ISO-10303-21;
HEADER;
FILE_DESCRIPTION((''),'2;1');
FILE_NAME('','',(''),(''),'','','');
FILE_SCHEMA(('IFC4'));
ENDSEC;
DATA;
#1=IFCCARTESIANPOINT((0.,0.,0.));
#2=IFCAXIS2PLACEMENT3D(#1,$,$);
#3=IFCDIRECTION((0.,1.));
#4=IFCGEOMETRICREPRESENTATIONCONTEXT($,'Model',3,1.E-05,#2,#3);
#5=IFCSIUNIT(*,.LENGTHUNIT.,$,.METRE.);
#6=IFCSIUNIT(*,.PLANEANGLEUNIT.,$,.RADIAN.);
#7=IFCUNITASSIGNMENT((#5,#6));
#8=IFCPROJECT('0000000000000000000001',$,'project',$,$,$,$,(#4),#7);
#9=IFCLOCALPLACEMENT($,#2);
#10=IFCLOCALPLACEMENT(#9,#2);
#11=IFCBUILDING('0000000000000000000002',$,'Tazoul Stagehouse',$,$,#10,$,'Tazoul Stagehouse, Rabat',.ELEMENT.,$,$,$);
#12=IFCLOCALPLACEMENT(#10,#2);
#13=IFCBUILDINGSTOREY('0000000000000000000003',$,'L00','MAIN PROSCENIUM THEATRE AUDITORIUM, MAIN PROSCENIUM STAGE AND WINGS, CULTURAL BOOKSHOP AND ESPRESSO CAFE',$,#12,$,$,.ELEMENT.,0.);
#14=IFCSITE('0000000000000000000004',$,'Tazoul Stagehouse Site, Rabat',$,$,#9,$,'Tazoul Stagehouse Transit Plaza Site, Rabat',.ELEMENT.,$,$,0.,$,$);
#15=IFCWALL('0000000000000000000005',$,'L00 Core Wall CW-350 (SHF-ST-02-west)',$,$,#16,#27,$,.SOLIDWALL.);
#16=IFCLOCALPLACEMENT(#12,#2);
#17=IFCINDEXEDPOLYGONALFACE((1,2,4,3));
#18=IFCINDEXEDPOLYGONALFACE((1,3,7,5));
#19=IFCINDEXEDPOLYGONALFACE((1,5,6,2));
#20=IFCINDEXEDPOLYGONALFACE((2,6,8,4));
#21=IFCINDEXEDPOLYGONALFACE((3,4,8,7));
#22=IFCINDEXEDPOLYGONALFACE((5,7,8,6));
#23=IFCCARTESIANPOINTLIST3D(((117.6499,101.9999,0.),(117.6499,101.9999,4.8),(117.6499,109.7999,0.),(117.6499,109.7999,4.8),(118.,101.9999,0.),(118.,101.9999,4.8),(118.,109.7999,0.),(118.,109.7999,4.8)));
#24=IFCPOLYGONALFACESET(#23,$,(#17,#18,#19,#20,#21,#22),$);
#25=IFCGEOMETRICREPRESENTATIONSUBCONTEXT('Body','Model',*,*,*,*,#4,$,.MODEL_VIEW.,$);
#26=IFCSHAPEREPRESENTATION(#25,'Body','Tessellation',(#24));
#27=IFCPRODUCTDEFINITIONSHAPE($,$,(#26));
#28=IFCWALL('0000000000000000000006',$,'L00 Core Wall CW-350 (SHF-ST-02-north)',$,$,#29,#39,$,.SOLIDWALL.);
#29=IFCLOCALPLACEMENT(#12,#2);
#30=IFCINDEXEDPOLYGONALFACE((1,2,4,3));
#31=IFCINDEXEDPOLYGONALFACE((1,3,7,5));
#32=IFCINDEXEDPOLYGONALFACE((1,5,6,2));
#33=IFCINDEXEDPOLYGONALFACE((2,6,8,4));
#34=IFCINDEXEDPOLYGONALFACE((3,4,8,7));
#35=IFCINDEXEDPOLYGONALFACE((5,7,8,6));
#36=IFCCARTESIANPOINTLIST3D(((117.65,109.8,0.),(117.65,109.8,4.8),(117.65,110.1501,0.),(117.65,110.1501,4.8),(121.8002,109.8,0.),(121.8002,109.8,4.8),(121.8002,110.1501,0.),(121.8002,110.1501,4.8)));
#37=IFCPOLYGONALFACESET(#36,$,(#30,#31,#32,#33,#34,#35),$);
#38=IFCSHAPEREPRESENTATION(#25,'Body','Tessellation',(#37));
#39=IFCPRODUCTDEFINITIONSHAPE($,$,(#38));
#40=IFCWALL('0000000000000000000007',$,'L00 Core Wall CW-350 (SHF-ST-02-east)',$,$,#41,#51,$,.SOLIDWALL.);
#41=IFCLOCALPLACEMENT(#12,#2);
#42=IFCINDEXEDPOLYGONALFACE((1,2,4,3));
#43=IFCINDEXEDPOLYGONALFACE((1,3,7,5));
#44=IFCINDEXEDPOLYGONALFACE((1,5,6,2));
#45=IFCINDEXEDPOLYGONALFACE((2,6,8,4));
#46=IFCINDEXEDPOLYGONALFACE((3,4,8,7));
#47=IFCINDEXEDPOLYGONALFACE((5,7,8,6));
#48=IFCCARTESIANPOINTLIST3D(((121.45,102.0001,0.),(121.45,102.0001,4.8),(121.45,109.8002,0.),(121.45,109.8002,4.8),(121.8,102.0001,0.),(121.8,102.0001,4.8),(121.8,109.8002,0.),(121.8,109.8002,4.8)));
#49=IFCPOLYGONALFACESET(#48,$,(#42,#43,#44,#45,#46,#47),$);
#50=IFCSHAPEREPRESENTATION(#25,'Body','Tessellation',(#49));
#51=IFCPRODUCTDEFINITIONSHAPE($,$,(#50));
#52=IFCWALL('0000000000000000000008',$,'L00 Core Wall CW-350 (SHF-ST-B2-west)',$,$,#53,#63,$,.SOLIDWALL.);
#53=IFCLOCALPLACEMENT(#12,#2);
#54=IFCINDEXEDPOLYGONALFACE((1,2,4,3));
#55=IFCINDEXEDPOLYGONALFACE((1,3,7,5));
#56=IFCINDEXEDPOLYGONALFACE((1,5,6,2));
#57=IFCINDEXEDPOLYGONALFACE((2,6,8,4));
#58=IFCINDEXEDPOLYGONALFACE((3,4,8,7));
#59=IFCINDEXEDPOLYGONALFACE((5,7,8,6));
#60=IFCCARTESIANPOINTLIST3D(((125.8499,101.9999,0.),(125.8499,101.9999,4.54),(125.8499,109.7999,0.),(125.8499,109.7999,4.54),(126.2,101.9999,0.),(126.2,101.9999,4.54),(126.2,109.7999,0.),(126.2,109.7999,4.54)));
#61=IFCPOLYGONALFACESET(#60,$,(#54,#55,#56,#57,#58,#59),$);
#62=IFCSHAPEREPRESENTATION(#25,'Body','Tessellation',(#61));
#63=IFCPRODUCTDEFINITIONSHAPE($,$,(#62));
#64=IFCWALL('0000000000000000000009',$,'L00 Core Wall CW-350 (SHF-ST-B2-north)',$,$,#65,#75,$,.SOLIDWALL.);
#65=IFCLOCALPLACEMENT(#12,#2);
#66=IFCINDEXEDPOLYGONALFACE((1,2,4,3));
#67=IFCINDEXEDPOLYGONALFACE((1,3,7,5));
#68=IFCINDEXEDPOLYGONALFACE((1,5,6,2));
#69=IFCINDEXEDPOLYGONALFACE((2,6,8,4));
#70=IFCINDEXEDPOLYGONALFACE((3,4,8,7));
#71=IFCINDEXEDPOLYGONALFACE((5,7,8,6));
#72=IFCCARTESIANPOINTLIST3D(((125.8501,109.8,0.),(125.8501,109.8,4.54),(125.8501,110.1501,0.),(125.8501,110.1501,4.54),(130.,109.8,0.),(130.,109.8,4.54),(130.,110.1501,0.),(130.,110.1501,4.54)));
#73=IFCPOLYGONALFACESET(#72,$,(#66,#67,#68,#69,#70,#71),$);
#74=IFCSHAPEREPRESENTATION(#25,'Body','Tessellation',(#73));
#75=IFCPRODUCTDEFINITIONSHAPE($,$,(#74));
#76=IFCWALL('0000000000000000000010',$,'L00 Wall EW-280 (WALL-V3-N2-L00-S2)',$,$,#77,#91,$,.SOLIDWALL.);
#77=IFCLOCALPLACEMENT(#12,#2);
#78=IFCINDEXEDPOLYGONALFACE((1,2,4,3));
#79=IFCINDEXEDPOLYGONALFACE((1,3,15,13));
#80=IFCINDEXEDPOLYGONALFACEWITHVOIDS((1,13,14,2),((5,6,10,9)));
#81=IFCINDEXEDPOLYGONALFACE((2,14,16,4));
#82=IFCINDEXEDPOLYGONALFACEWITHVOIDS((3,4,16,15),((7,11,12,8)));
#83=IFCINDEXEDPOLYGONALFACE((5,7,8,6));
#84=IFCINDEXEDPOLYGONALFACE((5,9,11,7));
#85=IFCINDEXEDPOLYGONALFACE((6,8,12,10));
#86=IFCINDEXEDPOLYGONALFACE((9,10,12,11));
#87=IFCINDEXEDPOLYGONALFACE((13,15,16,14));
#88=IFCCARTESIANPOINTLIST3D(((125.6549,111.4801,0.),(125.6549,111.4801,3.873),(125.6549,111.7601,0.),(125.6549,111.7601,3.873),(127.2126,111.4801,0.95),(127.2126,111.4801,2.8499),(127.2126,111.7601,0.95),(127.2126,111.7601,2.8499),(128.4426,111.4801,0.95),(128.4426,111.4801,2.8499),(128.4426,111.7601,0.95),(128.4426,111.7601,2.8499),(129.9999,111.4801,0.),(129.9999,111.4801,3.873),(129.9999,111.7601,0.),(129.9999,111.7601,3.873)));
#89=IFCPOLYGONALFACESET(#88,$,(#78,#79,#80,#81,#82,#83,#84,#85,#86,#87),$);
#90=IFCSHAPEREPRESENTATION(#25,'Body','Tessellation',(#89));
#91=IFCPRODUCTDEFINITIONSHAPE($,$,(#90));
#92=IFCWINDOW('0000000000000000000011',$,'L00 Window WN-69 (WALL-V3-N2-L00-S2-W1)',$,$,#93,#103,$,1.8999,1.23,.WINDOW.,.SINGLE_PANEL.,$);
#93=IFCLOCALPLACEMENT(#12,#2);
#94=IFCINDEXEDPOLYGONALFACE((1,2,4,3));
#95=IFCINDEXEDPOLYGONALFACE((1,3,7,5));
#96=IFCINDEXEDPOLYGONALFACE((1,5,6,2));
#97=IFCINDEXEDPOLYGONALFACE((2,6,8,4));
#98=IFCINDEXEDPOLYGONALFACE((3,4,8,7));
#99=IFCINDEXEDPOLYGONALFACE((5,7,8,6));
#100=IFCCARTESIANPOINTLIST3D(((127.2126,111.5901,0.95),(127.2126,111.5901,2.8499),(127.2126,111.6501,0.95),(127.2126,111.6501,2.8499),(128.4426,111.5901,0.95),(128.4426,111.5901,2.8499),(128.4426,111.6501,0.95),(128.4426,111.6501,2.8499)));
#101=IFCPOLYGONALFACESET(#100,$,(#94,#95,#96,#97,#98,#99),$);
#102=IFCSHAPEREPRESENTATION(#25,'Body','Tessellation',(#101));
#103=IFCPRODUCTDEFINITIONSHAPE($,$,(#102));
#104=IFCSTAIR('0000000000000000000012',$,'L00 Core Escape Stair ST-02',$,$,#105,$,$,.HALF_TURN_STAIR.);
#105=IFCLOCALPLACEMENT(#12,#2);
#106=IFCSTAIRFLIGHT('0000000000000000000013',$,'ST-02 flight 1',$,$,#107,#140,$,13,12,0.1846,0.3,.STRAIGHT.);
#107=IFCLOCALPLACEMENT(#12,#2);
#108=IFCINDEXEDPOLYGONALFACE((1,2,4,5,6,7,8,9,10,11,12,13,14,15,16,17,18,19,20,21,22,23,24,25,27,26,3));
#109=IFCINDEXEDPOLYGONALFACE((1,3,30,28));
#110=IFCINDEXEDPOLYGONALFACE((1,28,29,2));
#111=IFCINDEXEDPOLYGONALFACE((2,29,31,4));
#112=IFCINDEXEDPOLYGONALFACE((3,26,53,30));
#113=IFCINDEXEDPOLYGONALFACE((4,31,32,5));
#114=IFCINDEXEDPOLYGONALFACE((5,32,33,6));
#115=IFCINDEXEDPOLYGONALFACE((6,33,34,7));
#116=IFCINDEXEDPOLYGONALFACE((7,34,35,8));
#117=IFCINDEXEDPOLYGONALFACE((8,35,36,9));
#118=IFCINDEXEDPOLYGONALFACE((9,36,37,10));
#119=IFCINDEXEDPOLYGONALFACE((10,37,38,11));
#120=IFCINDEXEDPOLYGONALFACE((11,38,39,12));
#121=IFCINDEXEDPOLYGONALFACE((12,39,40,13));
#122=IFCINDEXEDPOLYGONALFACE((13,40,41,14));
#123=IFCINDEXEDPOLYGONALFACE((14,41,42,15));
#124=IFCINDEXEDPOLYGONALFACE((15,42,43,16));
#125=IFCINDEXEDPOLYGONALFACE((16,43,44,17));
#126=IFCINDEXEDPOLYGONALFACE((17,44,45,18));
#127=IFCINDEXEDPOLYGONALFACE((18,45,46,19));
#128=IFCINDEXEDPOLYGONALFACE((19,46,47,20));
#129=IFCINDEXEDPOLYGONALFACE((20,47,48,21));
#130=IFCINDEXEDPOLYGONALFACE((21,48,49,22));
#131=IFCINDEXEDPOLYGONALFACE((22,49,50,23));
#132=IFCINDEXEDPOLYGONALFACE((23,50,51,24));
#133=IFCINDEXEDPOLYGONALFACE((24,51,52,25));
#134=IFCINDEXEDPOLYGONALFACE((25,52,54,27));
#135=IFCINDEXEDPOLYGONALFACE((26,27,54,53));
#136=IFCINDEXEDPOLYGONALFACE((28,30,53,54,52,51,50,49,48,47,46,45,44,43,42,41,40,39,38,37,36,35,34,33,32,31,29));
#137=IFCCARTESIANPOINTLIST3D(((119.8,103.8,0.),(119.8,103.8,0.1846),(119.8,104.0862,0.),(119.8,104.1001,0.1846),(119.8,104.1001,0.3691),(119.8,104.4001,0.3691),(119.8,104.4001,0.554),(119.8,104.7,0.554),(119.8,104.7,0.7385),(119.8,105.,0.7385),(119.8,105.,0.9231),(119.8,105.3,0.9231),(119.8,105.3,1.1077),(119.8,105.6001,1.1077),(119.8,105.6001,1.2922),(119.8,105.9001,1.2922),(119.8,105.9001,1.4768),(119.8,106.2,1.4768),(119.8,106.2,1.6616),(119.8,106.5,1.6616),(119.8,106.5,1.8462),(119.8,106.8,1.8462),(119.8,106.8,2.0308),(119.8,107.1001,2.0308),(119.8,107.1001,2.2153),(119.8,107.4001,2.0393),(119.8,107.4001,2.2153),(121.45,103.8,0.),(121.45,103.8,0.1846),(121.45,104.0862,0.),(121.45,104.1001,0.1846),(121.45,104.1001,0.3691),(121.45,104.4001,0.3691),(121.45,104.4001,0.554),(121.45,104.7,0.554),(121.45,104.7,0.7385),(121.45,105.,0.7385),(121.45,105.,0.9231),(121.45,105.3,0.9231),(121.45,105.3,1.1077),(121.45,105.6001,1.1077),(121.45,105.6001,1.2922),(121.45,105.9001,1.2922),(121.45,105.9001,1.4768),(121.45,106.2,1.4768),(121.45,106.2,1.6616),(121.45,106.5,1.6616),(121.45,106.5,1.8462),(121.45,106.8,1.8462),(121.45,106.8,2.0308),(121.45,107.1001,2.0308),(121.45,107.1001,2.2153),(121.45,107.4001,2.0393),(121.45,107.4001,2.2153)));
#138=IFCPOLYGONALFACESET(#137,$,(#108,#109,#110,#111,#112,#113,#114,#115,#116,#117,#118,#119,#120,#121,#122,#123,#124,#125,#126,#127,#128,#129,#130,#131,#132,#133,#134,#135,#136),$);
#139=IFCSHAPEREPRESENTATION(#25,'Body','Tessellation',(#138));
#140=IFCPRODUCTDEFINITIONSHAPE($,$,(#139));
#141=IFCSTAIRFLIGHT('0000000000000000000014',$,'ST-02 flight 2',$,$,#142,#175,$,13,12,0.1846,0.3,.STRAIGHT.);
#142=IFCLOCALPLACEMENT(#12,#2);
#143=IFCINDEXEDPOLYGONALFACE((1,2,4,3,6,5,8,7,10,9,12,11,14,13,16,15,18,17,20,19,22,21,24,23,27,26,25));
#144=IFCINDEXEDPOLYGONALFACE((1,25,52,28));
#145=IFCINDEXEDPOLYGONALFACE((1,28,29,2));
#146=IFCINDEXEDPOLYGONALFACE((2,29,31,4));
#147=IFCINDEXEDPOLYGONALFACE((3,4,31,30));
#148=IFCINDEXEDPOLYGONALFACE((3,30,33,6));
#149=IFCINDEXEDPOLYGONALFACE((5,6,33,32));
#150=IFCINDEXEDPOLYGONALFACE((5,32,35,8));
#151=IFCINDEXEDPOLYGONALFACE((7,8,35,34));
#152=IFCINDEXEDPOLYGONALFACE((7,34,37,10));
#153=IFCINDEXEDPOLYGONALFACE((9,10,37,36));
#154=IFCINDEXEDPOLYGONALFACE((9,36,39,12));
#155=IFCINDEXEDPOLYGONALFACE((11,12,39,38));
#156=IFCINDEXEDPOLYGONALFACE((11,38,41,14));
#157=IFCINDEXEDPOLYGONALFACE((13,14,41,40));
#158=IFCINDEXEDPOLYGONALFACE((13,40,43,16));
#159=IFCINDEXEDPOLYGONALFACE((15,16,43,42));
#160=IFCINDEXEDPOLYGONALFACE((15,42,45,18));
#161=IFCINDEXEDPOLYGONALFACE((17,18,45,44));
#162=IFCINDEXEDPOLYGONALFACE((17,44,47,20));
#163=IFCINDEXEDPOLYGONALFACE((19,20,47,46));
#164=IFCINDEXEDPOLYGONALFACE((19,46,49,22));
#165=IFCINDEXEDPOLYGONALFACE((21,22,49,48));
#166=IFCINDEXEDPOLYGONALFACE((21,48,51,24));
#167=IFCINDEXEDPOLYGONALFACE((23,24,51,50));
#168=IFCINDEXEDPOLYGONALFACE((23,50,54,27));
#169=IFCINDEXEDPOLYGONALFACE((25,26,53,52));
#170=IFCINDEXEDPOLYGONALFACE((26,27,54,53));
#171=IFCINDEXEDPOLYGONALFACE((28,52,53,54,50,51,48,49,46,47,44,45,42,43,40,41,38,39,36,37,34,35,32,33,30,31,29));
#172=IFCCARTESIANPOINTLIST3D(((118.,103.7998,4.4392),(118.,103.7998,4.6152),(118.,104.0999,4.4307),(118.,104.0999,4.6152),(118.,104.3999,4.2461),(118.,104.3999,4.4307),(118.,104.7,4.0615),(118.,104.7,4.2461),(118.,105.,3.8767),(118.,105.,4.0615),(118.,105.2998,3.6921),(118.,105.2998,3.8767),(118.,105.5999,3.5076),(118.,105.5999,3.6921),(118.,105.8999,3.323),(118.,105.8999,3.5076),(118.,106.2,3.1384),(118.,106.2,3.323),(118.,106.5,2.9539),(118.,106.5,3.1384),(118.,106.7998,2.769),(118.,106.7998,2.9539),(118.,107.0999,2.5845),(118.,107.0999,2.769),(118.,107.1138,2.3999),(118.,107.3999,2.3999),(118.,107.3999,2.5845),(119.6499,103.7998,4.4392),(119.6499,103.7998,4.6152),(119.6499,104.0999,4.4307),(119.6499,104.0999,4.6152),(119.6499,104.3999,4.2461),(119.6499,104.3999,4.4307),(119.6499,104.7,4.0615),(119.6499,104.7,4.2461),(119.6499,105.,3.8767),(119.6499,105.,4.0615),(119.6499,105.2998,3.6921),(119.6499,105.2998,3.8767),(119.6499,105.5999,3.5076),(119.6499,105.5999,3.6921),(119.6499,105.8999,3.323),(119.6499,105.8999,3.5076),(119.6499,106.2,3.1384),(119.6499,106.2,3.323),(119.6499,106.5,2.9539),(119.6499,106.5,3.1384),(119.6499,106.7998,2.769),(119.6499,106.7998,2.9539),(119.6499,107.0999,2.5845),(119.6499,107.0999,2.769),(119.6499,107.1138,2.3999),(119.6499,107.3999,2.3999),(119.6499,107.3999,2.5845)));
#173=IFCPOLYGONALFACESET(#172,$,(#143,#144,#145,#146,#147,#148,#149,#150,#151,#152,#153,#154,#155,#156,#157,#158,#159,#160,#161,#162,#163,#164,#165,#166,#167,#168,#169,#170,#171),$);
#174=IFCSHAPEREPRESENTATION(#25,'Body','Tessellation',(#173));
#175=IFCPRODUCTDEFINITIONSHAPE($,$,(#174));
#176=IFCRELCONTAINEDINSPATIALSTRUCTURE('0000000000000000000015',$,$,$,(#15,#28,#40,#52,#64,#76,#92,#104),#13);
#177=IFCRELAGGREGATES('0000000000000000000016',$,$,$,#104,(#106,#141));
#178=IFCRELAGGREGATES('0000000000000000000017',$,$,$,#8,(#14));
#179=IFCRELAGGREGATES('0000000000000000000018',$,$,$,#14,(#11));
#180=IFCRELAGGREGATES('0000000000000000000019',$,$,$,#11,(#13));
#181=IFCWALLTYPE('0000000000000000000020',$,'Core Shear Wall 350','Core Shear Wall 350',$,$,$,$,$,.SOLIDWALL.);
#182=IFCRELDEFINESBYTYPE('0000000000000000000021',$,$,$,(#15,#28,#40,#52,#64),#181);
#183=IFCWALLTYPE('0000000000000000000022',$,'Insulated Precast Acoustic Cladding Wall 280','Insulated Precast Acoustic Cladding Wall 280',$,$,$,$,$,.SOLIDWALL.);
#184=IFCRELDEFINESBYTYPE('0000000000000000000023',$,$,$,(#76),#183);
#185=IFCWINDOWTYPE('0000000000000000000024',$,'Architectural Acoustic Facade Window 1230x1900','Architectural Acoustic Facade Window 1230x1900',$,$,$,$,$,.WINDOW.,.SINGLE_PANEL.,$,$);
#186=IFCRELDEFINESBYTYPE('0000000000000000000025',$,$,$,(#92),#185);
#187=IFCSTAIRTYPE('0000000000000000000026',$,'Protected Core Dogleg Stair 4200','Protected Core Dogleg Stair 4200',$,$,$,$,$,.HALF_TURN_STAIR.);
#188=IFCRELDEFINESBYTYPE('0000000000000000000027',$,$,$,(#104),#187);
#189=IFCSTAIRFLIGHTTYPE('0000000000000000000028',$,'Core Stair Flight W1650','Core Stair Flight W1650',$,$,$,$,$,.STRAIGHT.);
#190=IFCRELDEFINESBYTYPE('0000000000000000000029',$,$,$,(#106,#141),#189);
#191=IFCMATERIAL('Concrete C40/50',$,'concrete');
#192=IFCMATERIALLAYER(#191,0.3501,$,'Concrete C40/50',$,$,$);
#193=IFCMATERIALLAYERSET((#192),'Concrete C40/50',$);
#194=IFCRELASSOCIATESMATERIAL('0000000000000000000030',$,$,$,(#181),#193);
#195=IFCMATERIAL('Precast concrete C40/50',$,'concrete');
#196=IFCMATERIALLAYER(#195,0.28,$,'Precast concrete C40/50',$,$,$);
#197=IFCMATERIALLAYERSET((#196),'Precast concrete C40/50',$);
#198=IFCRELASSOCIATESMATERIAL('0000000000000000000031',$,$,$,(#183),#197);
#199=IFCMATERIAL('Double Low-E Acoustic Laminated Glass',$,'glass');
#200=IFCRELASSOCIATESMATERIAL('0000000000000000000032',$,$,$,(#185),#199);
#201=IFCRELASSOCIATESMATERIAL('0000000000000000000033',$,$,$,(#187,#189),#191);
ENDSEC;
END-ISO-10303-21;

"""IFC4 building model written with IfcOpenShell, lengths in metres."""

from ifc_helpers import new_model, si_unit, direction, frame, frame_2d, origin, place, context, subcontext, project, spatial, polyline, rectangle, outline, extrude, material, layer, layer_set, type_object, element, fill, aggregate, save


model = new_model("IFC4")

# Units and contexts
model_context = context("Model", 3, precision=1e-05, world=origin(), true_north=direction((0.0, 1.0)))
body_context = subcontext(model_context, "Body", "Model", "MODEL_VIEW")
ifc_project = project(units=[si_unit("LENGTHUNIT", "METRE"), si_unit("PLANEANGLEUNIT", "RADIAN")], contexts=[model_context])

# Site, building, storey
site_placement = place(None, origin())
site = spatial("IfcSite", under=ifc_project, at=site_placement, Name="Tazoul Stagehouse Site, Rabat", LongName="Tazoul Stagehouse Transit Plaza Site, Rabat", CompositionType="ELEMENT", RefElevation=0.0)
building_placement = place(site_placement, origin())
building = spatial("IfcBuilding", under=site, at=building_placement, Name="Tazoul Stagehouse", LongName="Tazoul Stagehouse, Rabat", CompositionType="ELEMENT")
storey_placement = place(building_placement, origin())
storey = spatial("IfcBuildingStorey", under=building, at=storey_placement, Name="L00", Description="MAIN PROSCENIUM THEATRE AUDITORIUM, MAIN PROSCENIUM STAGE AND WINGS, CULTURAL BOOKSHOP AND ESPRESSO CAFE", CompositionType="ELEMENT", Elevation=0.0)

# Shared definitions
ifc_material_1 = material(Name="Concrete C40/50", Category="concrete")

# Shared definitions
ifc_layer_1 = layer(ifc_material_1, 0.3501, Name="Concrete C40/50")
ifc_layer_set_1 = layer_set([ifc_layer_1], Name="Concrete C40/50")
wall_type_1 = type_object("IfcWallType", Name="Core Shear Wall 350", Description="Core Shear Wall 350", PredefinedType="SOLIDWALL", material=ifc_layer_set_1)

# Walls
wall_1_placement = place(storey_placement, frame((117.825, 102.0, 0.0), z_axis=(0.0, 0.0, 1.0), x_axis=(0.0, 1.0, 0.0)))
element("IfcWall", 1, at=wall_1_placement, inside=storey, type_object=wall_type_1, Name="L00 Core Wall CW-350 (SHF-ST-02-west)", PredefinedType="SOLIDWALL", context=body_context, shape_type="SweptSolid", body=[
    extrude(rectangle(XDim=7.8, YDim=0.3501, at=frame_2d((3.8999, 0.0))), origin(), (0.0, 0.0, 1.0), 4.8),
])
wall_2_placement = place(storey_placement, frame((117.6499, 109.9751, 0.0), z_axis=(0.0, 0.0, 1.0), x_axis=(1.0, 0.0, 0.0)))
element("IfcWall", 2, at=wall_2_placement, inside=storey, type_object=wall_type_1, Name="L00 Core Wall CW-350 (SHF-ST-02-north)", PredefinedType="SOLIDWALL", context=body_context, shape_type="SweptSolid", body=[
    extrude(rectangle(XDim=4.1501, YDim=0.3501, at=frame_2d((2.0752, 0.0))), origin(), (0.0, 0.0, 1.0), 4.8),
])
wall_3_placement = place(storey_placement, frame((121.625, 109.8, 0.0), z_axis=(0.0, 0.0, 1.0), x_axis=(0.0, -1.0, 0.0)))
element("IfcWall", 3, at=wall_3_placement, inside=storey, type_object=wall_type_1, Name="L00 Core Wall CW-350 (SHF-ST-02-east)", PredefinedType="SOLIDWALL", context=body_context, shape_type="SweptSolid", body=[
    extrude(rectangle(XDim=7.8, YDim=0.3501, at=frame_2d((3.8999, 0.0))), origin(), (0.0, 0.0, 1.0), 4.8),
])
wall_4_placement = place(storey_placement, frame((126.0249, 102.0, 0.0), z_axis=(0.0, 0.0, 1.0), x_axis=(0.0, 1.0, 0.0)))
element("IfcWall", 4, at=wall_4_placement, inside=storey, type_object=wall_type_1, Name="L00 Core Wall CW-350 (SHF-ST-B2-west)", PredefinedType="SOLIDWALL", context=body_context, shape_type="SweptSolid", body=[
    extrude(rectangle(XDim=7.8, YDim=0.3501, at=frame_2d((3.8999, 0.0))), origin(), (0.0, 0.0, 1.0), 4.54),
])
wall_5_placement = place(storey_placement, frame((125.8501, 109.9751, 0.0), z_axis=(0.0, 0.0, 1.0), x_axis=(1.0, 0.0, 0.0)))
element("IfcWall", 5, at=wall_5_placement, inside=storey, type_object=wall_type_1, Name="L00 Core Wall CW-350 (SHF-ST-B2-north)", PredefinedType="SOLIDWALL", context=body_context, shape_type="SweptSolid", body=[
    extrude(rectangle(XDim=4.1499, YDim=0.3501, at=frame_2d((2.075, 0.0))), origin(), (0.0, 0.0, 1.0), 4.54),
])

# Wall, opening, window
ifc_material_2 = material(Name="Precast concrete C40/50", Category="concrete")
ifc_layer_2 = layer(ifc_material_2, 0.28, Name="Precast concrete C40/50")
ifc_layer_set_2 = layer_set([ifc_layer_2], Name="Precast concrete C40/50")
wall_type_2 = type_object("IfcWallType", Name="Insulated Precast Acoustic Cladding Wall 280", Description="Insulated Precast Acoustic Cladding Wall 280", PredefinedType="SOLIDWALL", material=ifc_layer_set_2)
wall_6_placement = place(storey_placement, frame((125.655, 111.6201, 0.0), z_axis=(0.0, 0.0, 1.0), x_axis=(1.0, 0.0, 0.0)))
wall_6 = element("IfcWall", 6, at=wall_6_placement, inside=storey, type_object=wall_type_2, Name="L00 Wall EW-280 (WALL-V3-N2-L00-S2)", PredefinedType="SOLIDWALL", context=body_context, shape_type="SweptSolid", body=[
    extrude(rectangle(XDim=4.345, YDim=0.28, at=frame_2d((2.1724, 0.0))), origin(), (0.0, 0.0, 1.0), 3.873),
])
opening_1_placement = place(wall_6_placement, frame((1.5576, 0.0, 0.95)))
opening_1 = element("IfcOpeningElement", 7, at=opening_1_placement, cuts=wall_6, PredefinedType="OPENING", context=body_context, shape_type="SweptSolid", body=[
    extrude(rectangle(XDim=1.23, YDim=1.8999, at=frame_2d((0.615, 0.95))), frame((0.0, 0.1599, 0.0), z_axis=(0.0, -1.0, 0.0), x_axis=(1.0, 0.0, 0.0)), (0.0, 0.0, 1.0), 0.3201),
])
ifc_material_3 = material(Name="Double Low-E Acoustic Laminated Glass", Category="glass")
window_type = type_object("IfcWindowType", Name="Architectural Acoustic Facade Window 1230x1900", Description="Architectural Acoustic Facade Window 1230x1900", PartitioningType="SINGLE_PANEL", PredefinedType="WINDOW", material=ifc_material_3)
window_placement = place(opening_1_placement, origin())
window = element("IfcWindow", 8, at=window_placement, inside=storey, type_object=window_type, Name="L00 Window WN-69 (WALL-V3-N2-L00-S2-W1)", OverallHeight=1.8999, OverallWidth=1.23, PartitioningType="SINGLE_PANEL", PredefinedType="WINDOW", context=body_context, shape_type="SweptSolid", body=[
    extrude(rectangle(XDim=1.23, YDim=1.8999, at=frame_2d((0.615, 0.95))), frame((0.0, 0.03, 0.0), z_axis=(0.0, -1.0, 0.0), x_axis=(1.0, 0.0, 0.0)), (0.0, 0.0, 1.0), 0.0601),
])
fill(opening_1, window)

# Stair, stair flights
stair_type = type_object("IfcStairType", Name="Protected Core Dogleg Stair 4200", Description="Protected Core Dogleg Stair 4200", PredefinedType="HALF_TURN_STAIR", material=ifc_material_1)
stair_placement = place(storey_placement, origin())
stair = element("IfcStair", 9, at=stair_placement, inside=storey, type_object=stair_type, Name="L00 Core Escape Stair ST-02", PredefinedType="HALF_TURN_STAIR")
stair_flight_type = type_object("IfcStairFlightType", Name="Core Stair Flight W1650", Description="Core Stair Flight W1650", PredefinedType="STRAIGHT", material=ifc_material_1)
stair_flight_1_placement = place(storey_placement, frame((120.625, 103.8, 0.0), z_axis=(0.0, 0.0, 1.0), x_axis=(0.0, 1.0, 0.0)))
stair_flight_1 = element("IfcStairFlight", 10, at=stair_flight_1_placement, type_object=stair_flight_type, Name="ST-02 flight 1", NumberOfRisers=13, NumberOfTreads=12, PredefinedType="STRAIGHT", RiserHeight=0.1846, TreadLength=0.3, context=body_context, shape_type="SweptSolid", body=[
    extrude(outline(polyline([(0.0, 0.0), (0.0, 0.1846), (0.3, 0.1846), (0.3, 0.3691), (0.6001, 0.3691), (0.6001, 0.554), (0.8999, 0.554), (0.8999, 0.7385), (1.2, 0.7385), (1.2, 0.9231), (1.5, 0.9231), (1.5, 1.1077), (1.8, 1.1077), (1.8, 1.2922), (2.1001, 1.2922), (2.1001, 1.4768), (2.3999, 1.4768), (2.3999, 1.6616), (2.7, 1.6616), (2.7, 1.8462), (3.0, 1.8462), (3.0, 2.0308), (3.3, 2.0308), (3.3, 2.2153), (3.6001, 2.2153), (3.6001, 2.3999), (3.6001, 2.0393), (0.2861, 0.0), (0.0, 0.0)])), frame((0.0, 0.825, 0.0), z_axis=(0.0, -1.0, 0.0), x_axis=(1.0, 0.0, 0.0)), (0.0, 0.0, 1.0), 1.6499),
])
stair_flight_2_placement = place(storey_placement, frame((118.825, 107.3999, 2.3999), z_axis=(0.0, 0.0, 1.0), x_axis=(0.0, -1.0, 0.0)))
stair_flight_2 = element("IfcStairFlight", 11, at=stair_flight_2_placement, type_object=stair_flight_type, Name="ST-02 flight 2", NumberOfRisers=13, NumberOfTreads=12, PredefinedType="STRAIGHT", RiserHeight=0.1846, TreadLength=0.3, context=body_context, shape_type="SweptSolid", body=[
    extrude(outline(polyline([(0.0, 0.0), (0.0, 0.1846), (0.3, 0.1846), (0.3, 0.3691), (0.6001, 0.3691), (0.6001, 0.554), (0.8999, 0.554), (0.8999, 0.7385), (1.2, 0.7385), (1.2, 0.9231), (1.5, 0.9231), (1.5, 1.1077), (1.8, 1.1077), (1.8, 1.2922), (2.1001, 1.2922), (2.1001, 1.4768), (2.3999, 1.4768), (2.3999, 1.6616), (2.7, 1.6616), (2.7, 1.8462), (3.0, 1.8462), (3.0, 2.0308), (3.3, 2.0308), (3.3, 2.2153), (3.6001, 2.2153), (3.6001, 2.3999), (3.6001, 2.0393), (0.2861, 0.0), (0.0, 0.0)])), frame((0.0, 0.825, 0.0), z_axis=(0.0, -1.0, 0.0), x_axis=(1.0, 0.0, 0.0)), (0.0, 0.0, 1.0), 1.6499),
])
aggregate(stair, [stair_flight_1, stair_flight_2])

save(model, "model.ifc")
